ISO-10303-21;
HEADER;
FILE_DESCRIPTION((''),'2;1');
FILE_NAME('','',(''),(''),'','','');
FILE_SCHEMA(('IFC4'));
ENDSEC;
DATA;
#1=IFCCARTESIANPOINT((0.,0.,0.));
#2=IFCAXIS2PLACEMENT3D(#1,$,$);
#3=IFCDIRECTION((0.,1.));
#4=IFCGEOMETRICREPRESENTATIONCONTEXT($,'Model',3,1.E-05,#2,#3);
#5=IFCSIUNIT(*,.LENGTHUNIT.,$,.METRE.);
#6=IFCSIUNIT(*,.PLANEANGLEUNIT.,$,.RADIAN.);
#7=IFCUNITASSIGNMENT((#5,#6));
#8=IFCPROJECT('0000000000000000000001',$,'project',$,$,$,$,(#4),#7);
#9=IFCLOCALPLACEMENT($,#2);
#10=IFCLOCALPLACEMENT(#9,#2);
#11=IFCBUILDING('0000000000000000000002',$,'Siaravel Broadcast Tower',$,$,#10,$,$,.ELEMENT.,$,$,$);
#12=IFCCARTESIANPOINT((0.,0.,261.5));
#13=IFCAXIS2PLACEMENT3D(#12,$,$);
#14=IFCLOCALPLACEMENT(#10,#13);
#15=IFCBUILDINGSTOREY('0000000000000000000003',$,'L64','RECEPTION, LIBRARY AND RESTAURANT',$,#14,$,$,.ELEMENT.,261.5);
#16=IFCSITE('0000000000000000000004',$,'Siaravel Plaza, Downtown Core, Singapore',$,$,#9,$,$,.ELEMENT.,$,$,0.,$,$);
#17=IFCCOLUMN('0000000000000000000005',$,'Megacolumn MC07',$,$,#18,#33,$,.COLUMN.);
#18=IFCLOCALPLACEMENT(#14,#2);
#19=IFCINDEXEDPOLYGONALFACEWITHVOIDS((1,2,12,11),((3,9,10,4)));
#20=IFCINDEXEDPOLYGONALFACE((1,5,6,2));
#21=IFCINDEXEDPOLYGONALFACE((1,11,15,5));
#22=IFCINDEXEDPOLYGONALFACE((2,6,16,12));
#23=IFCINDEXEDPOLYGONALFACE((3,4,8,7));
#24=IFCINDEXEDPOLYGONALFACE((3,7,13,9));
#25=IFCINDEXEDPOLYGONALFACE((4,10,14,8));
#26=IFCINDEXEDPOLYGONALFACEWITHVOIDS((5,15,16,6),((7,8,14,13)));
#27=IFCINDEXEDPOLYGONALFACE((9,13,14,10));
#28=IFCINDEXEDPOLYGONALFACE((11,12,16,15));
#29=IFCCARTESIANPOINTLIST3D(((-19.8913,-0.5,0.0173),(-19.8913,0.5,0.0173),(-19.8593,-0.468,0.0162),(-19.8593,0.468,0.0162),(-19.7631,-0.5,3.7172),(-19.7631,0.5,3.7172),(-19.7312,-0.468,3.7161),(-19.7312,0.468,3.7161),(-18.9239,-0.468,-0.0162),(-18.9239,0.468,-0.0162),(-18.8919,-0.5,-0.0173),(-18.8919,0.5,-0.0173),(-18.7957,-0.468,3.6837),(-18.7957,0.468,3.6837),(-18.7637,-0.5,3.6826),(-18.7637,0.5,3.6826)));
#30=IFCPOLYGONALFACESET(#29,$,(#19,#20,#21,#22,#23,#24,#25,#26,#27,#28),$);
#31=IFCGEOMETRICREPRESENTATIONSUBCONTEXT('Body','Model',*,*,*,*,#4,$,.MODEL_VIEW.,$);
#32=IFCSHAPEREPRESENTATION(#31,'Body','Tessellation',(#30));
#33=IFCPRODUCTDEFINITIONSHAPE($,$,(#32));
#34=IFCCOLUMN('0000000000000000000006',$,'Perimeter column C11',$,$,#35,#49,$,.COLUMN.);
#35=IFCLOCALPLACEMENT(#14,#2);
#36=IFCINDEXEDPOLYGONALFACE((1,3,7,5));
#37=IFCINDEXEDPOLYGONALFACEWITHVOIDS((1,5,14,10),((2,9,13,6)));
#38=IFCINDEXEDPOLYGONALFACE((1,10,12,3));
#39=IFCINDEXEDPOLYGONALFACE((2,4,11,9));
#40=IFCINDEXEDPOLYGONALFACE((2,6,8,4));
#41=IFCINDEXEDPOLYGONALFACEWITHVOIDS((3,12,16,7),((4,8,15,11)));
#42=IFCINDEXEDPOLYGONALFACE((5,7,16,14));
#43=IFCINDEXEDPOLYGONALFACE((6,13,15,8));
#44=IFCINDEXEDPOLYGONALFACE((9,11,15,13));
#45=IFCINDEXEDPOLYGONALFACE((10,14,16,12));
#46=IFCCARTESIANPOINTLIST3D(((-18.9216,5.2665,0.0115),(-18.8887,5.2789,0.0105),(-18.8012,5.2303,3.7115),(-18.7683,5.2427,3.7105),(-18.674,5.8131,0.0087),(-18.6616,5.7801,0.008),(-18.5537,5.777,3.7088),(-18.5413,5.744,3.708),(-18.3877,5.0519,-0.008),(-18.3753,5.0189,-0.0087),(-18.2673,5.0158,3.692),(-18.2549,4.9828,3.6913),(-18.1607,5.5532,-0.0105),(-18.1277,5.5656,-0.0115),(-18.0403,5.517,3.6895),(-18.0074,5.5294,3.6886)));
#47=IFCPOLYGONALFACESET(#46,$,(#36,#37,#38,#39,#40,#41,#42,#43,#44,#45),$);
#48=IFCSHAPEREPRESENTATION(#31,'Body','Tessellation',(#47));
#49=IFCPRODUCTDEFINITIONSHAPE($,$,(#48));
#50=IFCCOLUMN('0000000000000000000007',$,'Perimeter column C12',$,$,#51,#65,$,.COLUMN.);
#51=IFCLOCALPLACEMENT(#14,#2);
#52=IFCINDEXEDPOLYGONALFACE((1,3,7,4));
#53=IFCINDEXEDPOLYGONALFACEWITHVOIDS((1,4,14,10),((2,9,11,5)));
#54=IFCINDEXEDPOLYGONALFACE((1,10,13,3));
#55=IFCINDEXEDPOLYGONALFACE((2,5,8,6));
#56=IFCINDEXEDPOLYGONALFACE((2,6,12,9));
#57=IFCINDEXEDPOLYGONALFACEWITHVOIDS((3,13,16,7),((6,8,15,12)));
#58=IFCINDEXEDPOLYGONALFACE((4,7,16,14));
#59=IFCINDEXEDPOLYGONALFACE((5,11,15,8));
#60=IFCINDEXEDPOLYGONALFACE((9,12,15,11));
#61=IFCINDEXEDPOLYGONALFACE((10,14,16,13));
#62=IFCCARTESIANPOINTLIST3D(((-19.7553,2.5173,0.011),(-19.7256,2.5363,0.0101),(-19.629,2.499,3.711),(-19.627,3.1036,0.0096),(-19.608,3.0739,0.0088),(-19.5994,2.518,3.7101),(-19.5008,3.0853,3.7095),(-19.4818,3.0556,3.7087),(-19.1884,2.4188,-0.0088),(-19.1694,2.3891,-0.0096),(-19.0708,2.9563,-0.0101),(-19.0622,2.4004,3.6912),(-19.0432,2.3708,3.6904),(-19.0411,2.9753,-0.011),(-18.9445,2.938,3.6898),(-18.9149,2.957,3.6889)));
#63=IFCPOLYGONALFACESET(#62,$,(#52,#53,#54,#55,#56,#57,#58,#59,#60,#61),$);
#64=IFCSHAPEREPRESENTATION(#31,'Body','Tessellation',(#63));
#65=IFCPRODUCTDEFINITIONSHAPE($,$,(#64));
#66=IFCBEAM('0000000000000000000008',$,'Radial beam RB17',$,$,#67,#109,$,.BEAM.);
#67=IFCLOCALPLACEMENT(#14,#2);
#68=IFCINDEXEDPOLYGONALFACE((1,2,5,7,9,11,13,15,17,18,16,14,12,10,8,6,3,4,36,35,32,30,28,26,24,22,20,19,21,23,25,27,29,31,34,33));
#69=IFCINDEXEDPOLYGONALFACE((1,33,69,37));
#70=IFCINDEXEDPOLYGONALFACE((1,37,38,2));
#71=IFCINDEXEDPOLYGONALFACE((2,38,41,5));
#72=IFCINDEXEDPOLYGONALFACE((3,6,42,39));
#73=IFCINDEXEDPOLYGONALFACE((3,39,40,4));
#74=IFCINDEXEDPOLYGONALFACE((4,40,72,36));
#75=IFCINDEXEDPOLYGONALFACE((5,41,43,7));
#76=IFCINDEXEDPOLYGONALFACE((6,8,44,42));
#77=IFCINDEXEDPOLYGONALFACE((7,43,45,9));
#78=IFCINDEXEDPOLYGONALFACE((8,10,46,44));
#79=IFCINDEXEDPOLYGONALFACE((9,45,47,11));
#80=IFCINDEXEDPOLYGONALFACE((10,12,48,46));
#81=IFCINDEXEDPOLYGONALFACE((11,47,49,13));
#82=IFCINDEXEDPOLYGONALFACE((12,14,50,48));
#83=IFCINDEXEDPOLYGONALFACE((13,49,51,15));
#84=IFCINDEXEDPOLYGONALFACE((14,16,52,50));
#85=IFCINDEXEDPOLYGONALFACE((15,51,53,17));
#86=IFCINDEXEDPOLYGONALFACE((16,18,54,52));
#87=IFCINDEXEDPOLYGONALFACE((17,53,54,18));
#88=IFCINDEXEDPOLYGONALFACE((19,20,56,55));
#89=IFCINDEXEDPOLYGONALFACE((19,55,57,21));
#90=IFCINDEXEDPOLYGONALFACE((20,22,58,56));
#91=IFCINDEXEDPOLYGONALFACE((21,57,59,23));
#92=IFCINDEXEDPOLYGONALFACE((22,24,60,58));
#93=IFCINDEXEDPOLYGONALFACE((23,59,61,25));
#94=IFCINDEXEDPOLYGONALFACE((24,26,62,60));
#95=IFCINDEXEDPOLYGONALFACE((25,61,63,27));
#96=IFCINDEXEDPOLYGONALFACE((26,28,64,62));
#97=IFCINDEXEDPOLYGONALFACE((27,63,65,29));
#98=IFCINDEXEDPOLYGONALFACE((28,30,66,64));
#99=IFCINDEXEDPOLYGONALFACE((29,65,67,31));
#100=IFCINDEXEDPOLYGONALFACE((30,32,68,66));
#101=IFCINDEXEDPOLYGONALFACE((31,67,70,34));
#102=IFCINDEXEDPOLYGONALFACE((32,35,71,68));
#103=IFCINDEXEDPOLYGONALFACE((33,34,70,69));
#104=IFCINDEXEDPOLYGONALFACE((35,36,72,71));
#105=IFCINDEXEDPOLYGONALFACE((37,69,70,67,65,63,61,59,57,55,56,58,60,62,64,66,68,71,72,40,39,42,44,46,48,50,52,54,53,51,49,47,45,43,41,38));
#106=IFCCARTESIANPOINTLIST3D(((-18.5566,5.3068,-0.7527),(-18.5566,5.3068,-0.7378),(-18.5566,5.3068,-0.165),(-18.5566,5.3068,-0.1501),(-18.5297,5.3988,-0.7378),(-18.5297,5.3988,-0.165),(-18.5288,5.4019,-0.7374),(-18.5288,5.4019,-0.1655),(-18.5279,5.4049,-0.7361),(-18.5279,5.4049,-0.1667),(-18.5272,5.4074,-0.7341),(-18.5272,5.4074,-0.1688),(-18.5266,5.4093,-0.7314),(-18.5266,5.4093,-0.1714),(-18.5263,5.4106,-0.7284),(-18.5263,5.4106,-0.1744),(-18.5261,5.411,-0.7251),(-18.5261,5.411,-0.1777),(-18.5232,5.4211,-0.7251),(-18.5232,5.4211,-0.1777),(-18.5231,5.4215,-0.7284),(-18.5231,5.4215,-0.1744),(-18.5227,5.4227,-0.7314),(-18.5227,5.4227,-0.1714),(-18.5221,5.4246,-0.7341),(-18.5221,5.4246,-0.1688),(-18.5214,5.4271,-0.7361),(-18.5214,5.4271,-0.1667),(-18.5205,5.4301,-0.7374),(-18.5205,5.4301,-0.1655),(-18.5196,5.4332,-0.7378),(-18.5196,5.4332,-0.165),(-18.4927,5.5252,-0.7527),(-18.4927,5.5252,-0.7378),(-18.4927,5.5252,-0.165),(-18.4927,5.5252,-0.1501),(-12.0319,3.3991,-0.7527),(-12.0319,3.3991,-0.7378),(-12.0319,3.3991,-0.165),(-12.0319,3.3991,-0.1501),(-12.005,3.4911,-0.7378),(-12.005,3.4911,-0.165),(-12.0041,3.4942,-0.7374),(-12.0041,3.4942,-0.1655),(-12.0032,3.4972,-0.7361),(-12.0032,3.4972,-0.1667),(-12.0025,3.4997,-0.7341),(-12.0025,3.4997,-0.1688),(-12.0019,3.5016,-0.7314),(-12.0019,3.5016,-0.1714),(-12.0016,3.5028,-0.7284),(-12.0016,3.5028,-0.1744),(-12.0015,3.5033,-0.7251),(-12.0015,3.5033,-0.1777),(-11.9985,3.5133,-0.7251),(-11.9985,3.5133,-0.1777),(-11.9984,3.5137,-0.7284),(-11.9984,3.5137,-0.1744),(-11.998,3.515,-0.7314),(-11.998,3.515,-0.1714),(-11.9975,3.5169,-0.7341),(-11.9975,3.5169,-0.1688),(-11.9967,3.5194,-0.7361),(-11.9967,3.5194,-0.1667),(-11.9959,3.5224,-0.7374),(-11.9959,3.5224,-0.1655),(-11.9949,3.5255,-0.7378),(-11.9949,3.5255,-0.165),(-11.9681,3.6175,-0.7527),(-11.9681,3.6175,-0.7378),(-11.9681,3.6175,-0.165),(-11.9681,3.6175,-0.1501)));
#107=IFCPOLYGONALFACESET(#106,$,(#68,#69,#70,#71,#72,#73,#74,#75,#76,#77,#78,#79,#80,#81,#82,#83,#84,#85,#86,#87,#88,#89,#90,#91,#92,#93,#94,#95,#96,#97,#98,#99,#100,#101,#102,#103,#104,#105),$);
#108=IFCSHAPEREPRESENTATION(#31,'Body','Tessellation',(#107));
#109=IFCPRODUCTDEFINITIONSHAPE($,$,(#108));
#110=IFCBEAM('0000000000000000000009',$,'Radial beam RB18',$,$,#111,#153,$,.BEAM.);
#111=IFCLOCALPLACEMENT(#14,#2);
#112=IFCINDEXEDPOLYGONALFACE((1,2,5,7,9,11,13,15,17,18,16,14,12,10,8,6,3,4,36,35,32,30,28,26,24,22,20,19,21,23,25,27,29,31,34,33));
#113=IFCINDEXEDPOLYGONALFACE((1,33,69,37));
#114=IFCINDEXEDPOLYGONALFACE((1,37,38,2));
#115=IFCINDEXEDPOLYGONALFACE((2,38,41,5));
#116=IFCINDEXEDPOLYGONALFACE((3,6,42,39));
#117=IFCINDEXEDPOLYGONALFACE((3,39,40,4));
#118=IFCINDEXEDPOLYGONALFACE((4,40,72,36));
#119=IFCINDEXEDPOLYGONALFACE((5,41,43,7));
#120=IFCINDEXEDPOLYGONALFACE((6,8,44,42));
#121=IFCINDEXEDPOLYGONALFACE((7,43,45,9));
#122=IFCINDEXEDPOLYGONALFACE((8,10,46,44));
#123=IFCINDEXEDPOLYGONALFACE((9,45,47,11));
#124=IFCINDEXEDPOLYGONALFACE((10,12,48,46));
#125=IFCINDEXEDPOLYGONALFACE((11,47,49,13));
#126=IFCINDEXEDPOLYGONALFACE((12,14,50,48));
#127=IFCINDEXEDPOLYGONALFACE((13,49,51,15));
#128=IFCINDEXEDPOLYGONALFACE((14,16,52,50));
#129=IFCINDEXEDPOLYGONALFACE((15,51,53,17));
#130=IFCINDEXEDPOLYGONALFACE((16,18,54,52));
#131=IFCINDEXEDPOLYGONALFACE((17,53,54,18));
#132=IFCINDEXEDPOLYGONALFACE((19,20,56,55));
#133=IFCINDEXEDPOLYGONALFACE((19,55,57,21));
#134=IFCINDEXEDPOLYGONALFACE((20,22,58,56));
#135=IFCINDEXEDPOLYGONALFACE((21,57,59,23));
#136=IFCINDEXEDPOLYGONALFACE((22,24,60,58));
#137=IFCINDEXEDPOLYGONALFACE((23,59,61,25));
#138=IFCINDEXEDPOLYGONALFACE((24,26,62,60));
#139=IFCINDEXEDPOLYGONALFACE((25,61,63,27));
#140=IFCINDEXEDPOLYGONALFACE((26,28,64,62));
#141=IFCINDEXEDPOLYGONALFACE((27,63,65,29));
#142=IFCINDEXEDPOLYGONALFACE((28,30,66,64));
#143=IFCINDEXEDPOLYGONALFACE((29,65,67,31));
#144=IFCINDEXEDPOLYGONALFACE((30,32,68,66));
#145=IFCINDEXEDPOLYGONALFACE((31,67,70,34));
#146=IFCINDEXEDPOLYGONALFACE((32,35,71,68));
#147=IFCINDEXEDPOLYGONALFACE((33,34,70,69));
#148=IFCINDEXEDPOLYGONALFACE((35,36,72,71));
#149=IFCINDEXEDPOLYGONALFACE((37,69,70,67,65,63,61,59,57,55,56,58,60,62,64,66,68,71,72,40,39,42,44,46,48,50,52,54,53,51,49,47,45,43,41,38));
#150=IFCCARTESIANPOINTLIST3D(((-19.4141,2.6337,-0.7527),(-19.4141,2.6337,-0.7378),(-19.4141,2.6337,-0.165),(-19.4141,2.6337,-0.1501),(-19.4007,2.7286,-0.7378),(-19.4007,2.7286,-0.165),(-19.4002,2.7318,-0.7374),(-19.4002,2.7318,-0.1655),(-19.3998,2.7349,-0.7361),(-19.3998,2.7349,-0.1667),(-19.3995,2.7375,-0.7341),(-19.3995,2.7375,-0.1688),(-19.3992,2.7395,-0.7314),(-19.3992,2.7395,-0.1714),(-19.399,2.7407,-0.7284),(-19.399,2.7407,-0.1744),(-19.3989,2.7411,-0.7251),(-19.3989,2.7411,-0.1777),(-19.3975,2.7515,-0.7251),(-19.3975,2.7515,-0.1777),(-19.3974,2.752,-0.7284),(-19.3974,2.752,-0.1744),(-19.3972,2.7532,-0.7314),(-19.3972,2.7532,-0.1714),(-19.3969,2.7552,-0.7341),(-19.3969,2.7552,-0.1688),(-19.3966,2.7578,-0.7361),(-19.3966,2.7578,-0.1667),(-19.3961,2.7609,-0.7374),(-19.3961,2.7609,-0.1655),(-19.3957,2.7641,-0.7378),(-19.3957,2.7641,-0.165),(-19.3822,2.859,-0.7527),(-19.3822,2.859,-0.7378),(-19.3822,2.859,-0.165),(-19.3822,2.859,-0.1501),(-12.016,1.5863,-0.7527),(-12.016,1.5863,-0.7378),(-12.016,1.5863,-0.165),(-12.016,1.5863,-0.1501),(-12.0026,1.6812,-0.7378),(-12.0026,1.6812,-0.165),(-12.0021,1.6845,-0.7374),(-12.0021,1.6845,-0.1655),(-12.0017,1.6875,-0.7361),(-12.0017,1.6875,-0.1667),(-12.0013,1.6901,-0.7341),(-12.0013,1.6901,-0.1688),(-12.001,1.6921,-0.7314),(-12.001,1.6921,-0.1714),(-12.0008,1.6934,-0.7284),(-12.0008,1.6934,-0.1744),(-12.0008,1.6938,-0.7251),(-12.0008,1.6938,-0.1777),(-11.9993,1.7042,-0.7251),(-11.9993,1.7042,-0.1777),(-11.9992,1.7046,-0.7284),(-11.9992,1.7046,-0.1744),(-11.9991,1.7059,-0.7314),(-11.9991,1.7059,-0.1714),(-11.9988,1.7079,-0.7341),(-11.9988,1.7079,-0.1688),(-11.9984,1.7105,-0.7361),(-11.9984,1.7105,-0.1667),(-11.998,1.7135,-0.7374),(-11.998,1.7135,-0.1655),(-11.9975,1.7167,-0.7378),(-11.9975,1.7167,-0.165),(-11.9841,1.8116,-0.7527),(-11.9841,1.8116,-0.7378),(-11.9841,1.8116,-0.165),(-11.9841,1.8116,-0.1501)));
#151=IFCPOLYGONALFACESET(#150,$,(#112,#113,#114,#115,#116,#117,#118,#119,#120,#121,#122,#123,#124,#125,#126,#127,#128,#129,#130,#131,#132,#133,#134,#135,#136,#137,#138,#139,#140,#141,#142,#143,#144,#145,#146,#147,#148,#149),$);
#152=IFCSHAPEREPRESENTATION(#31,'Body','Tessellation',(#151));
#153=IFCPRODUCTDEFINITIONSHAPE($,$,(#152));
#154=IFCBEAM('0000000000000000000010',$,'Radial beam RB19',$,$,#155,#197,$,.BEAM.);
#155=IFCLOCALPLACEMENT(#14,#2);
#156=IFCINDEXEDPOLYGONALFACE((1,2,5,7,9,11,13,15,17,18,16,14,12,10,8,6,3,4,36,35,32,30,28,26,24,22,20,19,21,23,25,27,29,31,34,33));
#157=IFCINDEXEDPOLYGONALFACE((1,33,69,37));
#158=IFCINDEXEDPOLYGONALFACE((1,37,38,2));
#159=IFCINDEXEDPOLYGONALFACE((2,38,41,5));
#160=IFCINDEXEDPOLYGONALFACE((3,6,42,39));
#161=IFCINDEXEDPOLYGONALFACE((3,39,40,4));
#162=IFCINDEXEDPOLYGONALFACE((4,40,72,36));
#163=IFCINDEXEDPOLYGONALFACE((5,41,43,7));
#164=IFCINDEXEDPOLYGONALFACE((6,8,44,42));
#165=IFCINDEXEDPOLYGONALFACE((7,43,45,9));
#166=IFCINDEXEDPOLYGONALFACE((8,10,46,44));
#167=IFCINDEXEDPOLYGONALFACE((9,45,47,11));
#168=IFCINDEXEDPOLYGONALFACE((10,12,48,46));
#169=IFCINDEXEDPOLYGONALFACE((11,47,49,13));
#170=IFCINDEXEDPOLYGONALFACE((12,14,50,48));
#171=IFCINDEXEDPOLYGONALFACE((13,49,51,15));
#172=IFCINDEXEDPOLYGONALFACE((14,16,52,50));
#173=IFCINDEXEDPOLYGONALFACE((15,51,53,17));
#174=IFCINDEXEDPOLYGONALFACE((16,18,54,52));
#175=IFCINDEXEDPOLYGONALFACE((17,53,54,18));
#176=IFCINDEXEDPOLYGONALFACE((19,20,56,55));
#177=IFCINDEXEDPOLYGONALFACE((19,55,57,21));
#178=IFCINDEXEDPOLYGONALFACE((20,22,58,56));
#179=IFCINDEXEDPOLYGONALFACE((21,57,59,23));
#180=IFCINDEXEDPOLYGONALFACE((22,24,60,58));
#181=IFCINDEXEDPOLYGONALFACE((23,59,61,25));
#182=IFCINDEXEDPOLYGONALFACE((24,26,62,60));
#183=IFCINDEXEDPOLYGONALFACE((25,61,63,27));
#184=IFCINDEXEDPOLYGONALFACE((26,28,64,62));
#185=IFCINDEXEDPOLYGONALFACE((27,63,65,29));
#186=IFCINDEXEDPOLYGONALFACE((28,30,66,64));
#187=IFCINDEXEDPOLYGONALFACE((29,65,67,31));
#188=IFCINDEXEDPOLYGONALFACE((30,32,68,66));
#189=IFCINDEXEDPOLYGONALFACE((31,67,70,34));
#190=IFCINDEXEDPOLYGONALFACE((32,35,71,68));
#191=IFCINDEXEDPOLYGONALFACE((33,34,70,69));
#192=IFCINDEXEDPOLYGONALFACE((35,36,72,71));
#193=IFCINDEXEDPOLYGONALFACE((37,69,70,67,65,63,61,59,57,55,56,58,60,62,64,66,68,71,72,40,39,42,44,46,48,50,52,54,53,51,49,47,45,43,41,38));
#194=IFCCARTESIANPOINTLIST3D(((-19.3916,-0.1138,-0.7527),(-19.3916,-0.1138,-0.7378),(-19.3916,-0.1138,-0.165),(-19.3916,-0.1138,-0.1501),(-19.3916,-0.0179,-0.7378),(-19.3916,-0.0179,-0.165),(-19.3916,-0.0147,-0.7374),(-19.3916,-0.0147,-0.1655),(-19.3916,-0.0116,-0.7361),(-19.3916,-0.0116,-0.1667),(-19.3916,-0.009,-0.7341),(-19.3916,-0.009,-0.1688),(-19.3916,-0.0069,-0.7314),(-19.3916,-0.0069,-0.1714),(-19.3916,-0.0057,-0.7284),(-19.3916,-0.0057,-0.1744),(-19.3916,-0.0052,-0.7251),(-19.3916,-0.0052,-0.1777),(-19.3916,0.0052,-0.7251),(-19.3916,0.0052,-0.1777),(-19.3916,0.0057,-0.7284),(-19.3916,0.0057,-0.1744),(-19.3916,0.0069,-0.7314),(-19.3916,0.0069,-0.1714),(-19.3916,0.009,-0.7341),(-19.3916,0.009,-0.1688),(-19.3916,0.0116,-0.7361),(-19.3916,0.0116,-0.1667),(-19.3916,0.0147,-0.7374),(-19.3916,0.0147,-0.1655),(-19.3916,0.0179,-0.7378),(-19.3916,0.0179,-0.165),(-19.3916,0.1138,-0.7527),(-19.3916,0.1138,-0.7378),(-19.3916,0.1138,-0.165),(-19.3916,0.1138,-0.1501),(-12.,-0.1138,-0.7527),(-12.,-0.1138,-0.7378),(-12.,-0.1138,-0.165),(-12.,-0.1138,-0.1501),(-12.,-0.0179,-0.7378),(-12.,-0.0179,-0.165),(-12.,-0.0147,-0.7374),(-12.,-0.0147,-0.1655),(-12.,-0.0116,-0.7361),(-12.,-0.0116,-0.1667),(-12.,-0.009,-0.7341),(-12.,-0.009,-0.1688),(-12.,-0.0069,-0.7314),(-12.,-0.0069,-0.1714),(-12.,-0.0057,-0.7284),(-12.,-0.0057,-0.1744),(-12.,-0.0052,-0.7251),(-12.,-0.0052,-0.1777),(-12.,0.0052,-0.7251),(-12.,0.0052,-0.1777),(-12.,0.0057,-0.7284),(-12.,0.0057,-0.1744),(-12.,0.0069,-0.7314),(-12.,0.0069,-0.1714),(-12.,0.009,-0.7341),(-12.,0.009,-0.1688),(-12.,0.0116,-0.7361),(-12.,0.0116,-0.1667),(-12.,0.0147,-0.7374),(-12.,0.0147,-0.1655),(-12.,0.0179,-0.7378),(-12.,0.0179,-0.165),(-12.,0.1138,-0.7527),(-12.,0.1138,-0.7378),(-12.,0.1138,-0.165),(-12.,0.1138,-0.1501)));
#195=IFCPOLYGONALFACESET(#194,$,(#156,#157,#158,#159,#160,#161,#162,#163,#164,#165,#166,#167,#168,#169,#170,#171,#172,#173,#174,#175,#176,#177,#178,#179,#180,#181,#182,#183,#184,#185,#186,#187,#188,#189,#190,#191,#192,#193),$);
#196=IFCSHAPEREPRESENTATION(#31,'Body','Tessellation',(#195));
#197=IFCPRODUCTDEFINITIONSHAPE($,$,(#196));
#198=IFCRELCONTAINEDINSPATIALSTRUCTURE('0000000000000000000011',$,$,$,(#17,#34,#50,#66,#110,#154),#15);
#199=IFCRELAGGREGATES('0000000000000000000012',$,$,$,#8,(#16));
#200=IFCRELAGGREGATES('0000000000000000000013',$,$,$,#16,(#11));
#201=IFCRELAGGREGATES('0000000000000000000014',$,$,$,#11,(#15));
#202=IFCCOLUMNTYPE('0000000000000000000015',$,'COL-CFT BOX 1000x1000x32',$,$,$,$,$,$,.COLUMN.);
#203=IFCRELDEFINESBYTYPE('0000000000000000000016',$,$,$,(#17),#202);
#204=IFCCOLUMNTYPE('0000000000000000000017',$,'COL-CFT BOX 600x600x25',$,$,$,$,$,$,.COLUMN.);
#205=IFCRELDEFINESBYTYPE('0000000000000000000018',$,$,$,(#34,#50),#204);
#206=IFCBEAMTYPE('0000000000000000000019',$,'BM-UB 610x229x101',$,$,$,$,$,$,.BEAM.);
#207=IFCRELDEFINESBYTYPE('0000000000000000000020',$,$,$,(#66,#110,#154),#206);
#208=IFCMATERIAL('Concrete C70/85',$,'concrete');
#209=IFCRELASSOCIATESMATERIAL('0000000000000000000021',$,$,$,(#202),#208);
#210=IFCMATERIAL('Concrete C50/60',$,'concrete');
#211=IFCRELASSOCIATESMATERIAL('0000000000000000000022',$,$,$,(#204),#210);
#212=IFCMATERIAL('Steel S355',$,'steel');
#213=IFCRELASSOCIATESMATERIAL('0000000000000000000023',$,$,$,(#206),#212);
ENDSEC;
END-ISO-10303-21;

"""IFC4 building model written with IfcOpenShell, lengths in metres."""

from ifc_helpers import new_model, si_unit, direction, frame, origin, origin_2d, place, context, subcontext, project, spatial, hollow_rectangle, i_section, extrude, material, material_profile, profile_set, type_object, element, save


model = new_model("IFC4")

# Units and contexts
model_context = context("Model", 3, precision=1e-05, world=origin(), true_north=direction((0.0, 1.0)))
body_context = subcontext(model_context, "Body", "Model", "MODEL_VIEW")
ifc_project = project(units=[si_unit("LENGTHUNIT", "METRE"), si_unit("PLANEANGLEUNIT", "RADIAN")], contexts=[model_context])

# Site, building, storey
site_placement = place(None, origin())
site = spatial("IfcSite", under=ifc_project, at=site_placement, Name="Siaravel Plaza, Downtown Core, Singapore", CompositionType="ELEMENT", RefElevation=0.0)
building_placement = place(site_placement, origin())
building = spatial("IfcBuilding", under=site, at=building_placement, Name="Siaravel Broadcast Tower", CompositionType="ELEMENT")
storey_placement = place(building_placement, frame((0.0, 0.0, 261.5)))
storey = spatial("IfcBuildingStorey", under=building, at=storey_placement, Name="L64", Description="RECEPTION, LIBRARY AND RESTAURANT", CompositionType="ELEMENT", Elevation=261.5)

# Columns
ifc_material_1 = material(Name="Concrete C70/85", Category="concrete")
ifc_material_profile_1 = material_profile(ifc_material_1, hollow_rectangle(XDim=1.0, YDim=1.0, WallThickness=0.032, at=origin_2d()))
ifc_profile_set_1 = profile_set([ifc_material_profile_1], Name="Concrete C70/85")
column_type_1 = type_object("IfcColumnType", Name="COL-CFT BOX 1000x1000x32", PredefinedType="COLUMN", material=ifc_profile_set_1)
column_placement = place(storey_placement, frame((-19.3916, 0.0, 0.0), z_axis=(0.034621, 0.0, 0.999401), x_axis=(0.0, 1.0, 0.0)))
element("IfcColumn", 1, at=column_placement, inside=storey, type_object=column_type_1, Name="Megacolumn MC07", PredefinedType="COLUMN", context=body_context, shape_type="SweptSolid", body=[
    extrude(hollow_rectangle(XDim=1.0, YDim=1.0, WallThickness=0.032, at=origin_2d()), origin(), (0.0, 0.0, 1.0), 3.7021),
])
ifc_material_2 = material(Name="Concrete C50/60", Category="concrete")
ifc_material_profile_2 = material_profile(ifc_material_2, hollow_rectangle(XDim=0.6001, YDim=0.6001, WallThickness=0.0249, at=origin_2d()))
ifc_profile_set_2 = profile_set([ifc_material_profile_2], Name="Concrete C50/60")
column_type_2 = type_object("IfcColumnType", Name="COL-CFT BOX 600x600x25", PredefinedType="COLUMN", material=ifc_profile_set_2)
for number, where, z_axis, x_axis, name in (
    (2, (-18.5247, 5.416, 0.0), (0.032512, -0.00976, 0.999424), (0.412568, 0.910915, -0.004525), "Perimeter column C11"),
    (3, (-19.3982, 2.7463, 0.0), (0.034094, -0.004946, 0.999406), (0.213742, 0.976887, -0.002457), "Perimeter column C12"),
):
    element("IfcColumn", number, at=place(storey_placement, frame(where, z_axis=z_axis, x_axis=x_axis)), inside=storey, type_object=column_type_2, Name=name, PredefinedType="COLUMN", context=body_context, shape_type="SweptSolid", body=[
        extrude(hollow_rectangle(XDim=0.6001, YDim=0.6001, WallThickness=0.0249, at=origin_2d()), origin(), (0.0, 0.0, 1.0), 3.7021),
    ])

# Beams
ifc_material_3 = material(Name="Steel S355", Category="steel")
ifc_material_profile_3 = material_profile(ifc_material_3, i_section(OverallWidth=0.2275, OverallDepth=0.6025, WebThickness=0.0105, FlangeThickness=0.0149, FilletRadius=0.0127, at=origin_2d()))
ifc_profile_set_3 = profile_set([ifc_material_profile_3], Name="Steel S355")
beam_type = type_object("IfcBeamType", Name="BM-UB 610x229x101", PredefinedType="BEAM", material=ifc_profile_set_3)
beam_1_placement = place(storey_placement, frame((-18.5247, 5.416, -0.4514), z_axis=(0.959814, -0.280636, 0.0), x_axis=(0.280636, 0.959814, 0.0)))
element("IfcBeam", 4, at=beam_1_placement, inside=storey, type_object=beam_type, Name="Radial beam RB17", PredefinedType="BEAM", context=body_context, shape_type="SweptSolid", body=[
    extrude(i_section(OverallWidth=0.2275, OverallDepth=0.6025, WebThickness=0.0105, FlangeThickness=0.0149, FilletRadius=0.0127, at=origin_2d()), origin(), (0.0, 0.0, 1.0), 6.7979),
])
beam_2_placement = place(storey_placement, frame((-19.3982, 2.7463, -0.4514), z_axis=(0.990127, -0.140172, 0.0), x_axis=(0.140172, 0.990127, 0.0)))
element("IfcBeam", 5, at=beam_2_placement, inside=storey, type_object=beam_type, Name="Radial beam RB18", PredefinedType="BEAM", context=body_context, shape_type="SweptSolid", body=[
    extrude(i_section(OverallWidth=0.2275, OverallDepth=0.6025, WebThickness=0.0105, FlangeThickness=0.0149, FilletRadius=0.0127, at=origin_2d()), origin(), (0.0, 0.0, 1.0), 7.4719),
])
beam_3_placement = place(storey_placement, frame((-19.3916, 0.0, -0.4514), z_axis=(1.0, 0.0, 0.0), x_axis=(0.0, 1.0, 0.0)))
element("IfcBeam", 6, at=beam_3_placement, inside=storey, type_object=beam_type, Name="Radial beam RB19", PredefinedType="BEAM", context=body_context, shape_type="SweptSolid", body=[
    extrude(i_section(OverallWidth=0.2275, OverallDepth=0.6025, WebThickness=0.0105, FlangeThickness=0.0149, FilletRadius=0.0127, at=origin_2d()), origin(), (0.0, 0.0, 1.0), 7.3916),
])

save(model, "model.ifc")
